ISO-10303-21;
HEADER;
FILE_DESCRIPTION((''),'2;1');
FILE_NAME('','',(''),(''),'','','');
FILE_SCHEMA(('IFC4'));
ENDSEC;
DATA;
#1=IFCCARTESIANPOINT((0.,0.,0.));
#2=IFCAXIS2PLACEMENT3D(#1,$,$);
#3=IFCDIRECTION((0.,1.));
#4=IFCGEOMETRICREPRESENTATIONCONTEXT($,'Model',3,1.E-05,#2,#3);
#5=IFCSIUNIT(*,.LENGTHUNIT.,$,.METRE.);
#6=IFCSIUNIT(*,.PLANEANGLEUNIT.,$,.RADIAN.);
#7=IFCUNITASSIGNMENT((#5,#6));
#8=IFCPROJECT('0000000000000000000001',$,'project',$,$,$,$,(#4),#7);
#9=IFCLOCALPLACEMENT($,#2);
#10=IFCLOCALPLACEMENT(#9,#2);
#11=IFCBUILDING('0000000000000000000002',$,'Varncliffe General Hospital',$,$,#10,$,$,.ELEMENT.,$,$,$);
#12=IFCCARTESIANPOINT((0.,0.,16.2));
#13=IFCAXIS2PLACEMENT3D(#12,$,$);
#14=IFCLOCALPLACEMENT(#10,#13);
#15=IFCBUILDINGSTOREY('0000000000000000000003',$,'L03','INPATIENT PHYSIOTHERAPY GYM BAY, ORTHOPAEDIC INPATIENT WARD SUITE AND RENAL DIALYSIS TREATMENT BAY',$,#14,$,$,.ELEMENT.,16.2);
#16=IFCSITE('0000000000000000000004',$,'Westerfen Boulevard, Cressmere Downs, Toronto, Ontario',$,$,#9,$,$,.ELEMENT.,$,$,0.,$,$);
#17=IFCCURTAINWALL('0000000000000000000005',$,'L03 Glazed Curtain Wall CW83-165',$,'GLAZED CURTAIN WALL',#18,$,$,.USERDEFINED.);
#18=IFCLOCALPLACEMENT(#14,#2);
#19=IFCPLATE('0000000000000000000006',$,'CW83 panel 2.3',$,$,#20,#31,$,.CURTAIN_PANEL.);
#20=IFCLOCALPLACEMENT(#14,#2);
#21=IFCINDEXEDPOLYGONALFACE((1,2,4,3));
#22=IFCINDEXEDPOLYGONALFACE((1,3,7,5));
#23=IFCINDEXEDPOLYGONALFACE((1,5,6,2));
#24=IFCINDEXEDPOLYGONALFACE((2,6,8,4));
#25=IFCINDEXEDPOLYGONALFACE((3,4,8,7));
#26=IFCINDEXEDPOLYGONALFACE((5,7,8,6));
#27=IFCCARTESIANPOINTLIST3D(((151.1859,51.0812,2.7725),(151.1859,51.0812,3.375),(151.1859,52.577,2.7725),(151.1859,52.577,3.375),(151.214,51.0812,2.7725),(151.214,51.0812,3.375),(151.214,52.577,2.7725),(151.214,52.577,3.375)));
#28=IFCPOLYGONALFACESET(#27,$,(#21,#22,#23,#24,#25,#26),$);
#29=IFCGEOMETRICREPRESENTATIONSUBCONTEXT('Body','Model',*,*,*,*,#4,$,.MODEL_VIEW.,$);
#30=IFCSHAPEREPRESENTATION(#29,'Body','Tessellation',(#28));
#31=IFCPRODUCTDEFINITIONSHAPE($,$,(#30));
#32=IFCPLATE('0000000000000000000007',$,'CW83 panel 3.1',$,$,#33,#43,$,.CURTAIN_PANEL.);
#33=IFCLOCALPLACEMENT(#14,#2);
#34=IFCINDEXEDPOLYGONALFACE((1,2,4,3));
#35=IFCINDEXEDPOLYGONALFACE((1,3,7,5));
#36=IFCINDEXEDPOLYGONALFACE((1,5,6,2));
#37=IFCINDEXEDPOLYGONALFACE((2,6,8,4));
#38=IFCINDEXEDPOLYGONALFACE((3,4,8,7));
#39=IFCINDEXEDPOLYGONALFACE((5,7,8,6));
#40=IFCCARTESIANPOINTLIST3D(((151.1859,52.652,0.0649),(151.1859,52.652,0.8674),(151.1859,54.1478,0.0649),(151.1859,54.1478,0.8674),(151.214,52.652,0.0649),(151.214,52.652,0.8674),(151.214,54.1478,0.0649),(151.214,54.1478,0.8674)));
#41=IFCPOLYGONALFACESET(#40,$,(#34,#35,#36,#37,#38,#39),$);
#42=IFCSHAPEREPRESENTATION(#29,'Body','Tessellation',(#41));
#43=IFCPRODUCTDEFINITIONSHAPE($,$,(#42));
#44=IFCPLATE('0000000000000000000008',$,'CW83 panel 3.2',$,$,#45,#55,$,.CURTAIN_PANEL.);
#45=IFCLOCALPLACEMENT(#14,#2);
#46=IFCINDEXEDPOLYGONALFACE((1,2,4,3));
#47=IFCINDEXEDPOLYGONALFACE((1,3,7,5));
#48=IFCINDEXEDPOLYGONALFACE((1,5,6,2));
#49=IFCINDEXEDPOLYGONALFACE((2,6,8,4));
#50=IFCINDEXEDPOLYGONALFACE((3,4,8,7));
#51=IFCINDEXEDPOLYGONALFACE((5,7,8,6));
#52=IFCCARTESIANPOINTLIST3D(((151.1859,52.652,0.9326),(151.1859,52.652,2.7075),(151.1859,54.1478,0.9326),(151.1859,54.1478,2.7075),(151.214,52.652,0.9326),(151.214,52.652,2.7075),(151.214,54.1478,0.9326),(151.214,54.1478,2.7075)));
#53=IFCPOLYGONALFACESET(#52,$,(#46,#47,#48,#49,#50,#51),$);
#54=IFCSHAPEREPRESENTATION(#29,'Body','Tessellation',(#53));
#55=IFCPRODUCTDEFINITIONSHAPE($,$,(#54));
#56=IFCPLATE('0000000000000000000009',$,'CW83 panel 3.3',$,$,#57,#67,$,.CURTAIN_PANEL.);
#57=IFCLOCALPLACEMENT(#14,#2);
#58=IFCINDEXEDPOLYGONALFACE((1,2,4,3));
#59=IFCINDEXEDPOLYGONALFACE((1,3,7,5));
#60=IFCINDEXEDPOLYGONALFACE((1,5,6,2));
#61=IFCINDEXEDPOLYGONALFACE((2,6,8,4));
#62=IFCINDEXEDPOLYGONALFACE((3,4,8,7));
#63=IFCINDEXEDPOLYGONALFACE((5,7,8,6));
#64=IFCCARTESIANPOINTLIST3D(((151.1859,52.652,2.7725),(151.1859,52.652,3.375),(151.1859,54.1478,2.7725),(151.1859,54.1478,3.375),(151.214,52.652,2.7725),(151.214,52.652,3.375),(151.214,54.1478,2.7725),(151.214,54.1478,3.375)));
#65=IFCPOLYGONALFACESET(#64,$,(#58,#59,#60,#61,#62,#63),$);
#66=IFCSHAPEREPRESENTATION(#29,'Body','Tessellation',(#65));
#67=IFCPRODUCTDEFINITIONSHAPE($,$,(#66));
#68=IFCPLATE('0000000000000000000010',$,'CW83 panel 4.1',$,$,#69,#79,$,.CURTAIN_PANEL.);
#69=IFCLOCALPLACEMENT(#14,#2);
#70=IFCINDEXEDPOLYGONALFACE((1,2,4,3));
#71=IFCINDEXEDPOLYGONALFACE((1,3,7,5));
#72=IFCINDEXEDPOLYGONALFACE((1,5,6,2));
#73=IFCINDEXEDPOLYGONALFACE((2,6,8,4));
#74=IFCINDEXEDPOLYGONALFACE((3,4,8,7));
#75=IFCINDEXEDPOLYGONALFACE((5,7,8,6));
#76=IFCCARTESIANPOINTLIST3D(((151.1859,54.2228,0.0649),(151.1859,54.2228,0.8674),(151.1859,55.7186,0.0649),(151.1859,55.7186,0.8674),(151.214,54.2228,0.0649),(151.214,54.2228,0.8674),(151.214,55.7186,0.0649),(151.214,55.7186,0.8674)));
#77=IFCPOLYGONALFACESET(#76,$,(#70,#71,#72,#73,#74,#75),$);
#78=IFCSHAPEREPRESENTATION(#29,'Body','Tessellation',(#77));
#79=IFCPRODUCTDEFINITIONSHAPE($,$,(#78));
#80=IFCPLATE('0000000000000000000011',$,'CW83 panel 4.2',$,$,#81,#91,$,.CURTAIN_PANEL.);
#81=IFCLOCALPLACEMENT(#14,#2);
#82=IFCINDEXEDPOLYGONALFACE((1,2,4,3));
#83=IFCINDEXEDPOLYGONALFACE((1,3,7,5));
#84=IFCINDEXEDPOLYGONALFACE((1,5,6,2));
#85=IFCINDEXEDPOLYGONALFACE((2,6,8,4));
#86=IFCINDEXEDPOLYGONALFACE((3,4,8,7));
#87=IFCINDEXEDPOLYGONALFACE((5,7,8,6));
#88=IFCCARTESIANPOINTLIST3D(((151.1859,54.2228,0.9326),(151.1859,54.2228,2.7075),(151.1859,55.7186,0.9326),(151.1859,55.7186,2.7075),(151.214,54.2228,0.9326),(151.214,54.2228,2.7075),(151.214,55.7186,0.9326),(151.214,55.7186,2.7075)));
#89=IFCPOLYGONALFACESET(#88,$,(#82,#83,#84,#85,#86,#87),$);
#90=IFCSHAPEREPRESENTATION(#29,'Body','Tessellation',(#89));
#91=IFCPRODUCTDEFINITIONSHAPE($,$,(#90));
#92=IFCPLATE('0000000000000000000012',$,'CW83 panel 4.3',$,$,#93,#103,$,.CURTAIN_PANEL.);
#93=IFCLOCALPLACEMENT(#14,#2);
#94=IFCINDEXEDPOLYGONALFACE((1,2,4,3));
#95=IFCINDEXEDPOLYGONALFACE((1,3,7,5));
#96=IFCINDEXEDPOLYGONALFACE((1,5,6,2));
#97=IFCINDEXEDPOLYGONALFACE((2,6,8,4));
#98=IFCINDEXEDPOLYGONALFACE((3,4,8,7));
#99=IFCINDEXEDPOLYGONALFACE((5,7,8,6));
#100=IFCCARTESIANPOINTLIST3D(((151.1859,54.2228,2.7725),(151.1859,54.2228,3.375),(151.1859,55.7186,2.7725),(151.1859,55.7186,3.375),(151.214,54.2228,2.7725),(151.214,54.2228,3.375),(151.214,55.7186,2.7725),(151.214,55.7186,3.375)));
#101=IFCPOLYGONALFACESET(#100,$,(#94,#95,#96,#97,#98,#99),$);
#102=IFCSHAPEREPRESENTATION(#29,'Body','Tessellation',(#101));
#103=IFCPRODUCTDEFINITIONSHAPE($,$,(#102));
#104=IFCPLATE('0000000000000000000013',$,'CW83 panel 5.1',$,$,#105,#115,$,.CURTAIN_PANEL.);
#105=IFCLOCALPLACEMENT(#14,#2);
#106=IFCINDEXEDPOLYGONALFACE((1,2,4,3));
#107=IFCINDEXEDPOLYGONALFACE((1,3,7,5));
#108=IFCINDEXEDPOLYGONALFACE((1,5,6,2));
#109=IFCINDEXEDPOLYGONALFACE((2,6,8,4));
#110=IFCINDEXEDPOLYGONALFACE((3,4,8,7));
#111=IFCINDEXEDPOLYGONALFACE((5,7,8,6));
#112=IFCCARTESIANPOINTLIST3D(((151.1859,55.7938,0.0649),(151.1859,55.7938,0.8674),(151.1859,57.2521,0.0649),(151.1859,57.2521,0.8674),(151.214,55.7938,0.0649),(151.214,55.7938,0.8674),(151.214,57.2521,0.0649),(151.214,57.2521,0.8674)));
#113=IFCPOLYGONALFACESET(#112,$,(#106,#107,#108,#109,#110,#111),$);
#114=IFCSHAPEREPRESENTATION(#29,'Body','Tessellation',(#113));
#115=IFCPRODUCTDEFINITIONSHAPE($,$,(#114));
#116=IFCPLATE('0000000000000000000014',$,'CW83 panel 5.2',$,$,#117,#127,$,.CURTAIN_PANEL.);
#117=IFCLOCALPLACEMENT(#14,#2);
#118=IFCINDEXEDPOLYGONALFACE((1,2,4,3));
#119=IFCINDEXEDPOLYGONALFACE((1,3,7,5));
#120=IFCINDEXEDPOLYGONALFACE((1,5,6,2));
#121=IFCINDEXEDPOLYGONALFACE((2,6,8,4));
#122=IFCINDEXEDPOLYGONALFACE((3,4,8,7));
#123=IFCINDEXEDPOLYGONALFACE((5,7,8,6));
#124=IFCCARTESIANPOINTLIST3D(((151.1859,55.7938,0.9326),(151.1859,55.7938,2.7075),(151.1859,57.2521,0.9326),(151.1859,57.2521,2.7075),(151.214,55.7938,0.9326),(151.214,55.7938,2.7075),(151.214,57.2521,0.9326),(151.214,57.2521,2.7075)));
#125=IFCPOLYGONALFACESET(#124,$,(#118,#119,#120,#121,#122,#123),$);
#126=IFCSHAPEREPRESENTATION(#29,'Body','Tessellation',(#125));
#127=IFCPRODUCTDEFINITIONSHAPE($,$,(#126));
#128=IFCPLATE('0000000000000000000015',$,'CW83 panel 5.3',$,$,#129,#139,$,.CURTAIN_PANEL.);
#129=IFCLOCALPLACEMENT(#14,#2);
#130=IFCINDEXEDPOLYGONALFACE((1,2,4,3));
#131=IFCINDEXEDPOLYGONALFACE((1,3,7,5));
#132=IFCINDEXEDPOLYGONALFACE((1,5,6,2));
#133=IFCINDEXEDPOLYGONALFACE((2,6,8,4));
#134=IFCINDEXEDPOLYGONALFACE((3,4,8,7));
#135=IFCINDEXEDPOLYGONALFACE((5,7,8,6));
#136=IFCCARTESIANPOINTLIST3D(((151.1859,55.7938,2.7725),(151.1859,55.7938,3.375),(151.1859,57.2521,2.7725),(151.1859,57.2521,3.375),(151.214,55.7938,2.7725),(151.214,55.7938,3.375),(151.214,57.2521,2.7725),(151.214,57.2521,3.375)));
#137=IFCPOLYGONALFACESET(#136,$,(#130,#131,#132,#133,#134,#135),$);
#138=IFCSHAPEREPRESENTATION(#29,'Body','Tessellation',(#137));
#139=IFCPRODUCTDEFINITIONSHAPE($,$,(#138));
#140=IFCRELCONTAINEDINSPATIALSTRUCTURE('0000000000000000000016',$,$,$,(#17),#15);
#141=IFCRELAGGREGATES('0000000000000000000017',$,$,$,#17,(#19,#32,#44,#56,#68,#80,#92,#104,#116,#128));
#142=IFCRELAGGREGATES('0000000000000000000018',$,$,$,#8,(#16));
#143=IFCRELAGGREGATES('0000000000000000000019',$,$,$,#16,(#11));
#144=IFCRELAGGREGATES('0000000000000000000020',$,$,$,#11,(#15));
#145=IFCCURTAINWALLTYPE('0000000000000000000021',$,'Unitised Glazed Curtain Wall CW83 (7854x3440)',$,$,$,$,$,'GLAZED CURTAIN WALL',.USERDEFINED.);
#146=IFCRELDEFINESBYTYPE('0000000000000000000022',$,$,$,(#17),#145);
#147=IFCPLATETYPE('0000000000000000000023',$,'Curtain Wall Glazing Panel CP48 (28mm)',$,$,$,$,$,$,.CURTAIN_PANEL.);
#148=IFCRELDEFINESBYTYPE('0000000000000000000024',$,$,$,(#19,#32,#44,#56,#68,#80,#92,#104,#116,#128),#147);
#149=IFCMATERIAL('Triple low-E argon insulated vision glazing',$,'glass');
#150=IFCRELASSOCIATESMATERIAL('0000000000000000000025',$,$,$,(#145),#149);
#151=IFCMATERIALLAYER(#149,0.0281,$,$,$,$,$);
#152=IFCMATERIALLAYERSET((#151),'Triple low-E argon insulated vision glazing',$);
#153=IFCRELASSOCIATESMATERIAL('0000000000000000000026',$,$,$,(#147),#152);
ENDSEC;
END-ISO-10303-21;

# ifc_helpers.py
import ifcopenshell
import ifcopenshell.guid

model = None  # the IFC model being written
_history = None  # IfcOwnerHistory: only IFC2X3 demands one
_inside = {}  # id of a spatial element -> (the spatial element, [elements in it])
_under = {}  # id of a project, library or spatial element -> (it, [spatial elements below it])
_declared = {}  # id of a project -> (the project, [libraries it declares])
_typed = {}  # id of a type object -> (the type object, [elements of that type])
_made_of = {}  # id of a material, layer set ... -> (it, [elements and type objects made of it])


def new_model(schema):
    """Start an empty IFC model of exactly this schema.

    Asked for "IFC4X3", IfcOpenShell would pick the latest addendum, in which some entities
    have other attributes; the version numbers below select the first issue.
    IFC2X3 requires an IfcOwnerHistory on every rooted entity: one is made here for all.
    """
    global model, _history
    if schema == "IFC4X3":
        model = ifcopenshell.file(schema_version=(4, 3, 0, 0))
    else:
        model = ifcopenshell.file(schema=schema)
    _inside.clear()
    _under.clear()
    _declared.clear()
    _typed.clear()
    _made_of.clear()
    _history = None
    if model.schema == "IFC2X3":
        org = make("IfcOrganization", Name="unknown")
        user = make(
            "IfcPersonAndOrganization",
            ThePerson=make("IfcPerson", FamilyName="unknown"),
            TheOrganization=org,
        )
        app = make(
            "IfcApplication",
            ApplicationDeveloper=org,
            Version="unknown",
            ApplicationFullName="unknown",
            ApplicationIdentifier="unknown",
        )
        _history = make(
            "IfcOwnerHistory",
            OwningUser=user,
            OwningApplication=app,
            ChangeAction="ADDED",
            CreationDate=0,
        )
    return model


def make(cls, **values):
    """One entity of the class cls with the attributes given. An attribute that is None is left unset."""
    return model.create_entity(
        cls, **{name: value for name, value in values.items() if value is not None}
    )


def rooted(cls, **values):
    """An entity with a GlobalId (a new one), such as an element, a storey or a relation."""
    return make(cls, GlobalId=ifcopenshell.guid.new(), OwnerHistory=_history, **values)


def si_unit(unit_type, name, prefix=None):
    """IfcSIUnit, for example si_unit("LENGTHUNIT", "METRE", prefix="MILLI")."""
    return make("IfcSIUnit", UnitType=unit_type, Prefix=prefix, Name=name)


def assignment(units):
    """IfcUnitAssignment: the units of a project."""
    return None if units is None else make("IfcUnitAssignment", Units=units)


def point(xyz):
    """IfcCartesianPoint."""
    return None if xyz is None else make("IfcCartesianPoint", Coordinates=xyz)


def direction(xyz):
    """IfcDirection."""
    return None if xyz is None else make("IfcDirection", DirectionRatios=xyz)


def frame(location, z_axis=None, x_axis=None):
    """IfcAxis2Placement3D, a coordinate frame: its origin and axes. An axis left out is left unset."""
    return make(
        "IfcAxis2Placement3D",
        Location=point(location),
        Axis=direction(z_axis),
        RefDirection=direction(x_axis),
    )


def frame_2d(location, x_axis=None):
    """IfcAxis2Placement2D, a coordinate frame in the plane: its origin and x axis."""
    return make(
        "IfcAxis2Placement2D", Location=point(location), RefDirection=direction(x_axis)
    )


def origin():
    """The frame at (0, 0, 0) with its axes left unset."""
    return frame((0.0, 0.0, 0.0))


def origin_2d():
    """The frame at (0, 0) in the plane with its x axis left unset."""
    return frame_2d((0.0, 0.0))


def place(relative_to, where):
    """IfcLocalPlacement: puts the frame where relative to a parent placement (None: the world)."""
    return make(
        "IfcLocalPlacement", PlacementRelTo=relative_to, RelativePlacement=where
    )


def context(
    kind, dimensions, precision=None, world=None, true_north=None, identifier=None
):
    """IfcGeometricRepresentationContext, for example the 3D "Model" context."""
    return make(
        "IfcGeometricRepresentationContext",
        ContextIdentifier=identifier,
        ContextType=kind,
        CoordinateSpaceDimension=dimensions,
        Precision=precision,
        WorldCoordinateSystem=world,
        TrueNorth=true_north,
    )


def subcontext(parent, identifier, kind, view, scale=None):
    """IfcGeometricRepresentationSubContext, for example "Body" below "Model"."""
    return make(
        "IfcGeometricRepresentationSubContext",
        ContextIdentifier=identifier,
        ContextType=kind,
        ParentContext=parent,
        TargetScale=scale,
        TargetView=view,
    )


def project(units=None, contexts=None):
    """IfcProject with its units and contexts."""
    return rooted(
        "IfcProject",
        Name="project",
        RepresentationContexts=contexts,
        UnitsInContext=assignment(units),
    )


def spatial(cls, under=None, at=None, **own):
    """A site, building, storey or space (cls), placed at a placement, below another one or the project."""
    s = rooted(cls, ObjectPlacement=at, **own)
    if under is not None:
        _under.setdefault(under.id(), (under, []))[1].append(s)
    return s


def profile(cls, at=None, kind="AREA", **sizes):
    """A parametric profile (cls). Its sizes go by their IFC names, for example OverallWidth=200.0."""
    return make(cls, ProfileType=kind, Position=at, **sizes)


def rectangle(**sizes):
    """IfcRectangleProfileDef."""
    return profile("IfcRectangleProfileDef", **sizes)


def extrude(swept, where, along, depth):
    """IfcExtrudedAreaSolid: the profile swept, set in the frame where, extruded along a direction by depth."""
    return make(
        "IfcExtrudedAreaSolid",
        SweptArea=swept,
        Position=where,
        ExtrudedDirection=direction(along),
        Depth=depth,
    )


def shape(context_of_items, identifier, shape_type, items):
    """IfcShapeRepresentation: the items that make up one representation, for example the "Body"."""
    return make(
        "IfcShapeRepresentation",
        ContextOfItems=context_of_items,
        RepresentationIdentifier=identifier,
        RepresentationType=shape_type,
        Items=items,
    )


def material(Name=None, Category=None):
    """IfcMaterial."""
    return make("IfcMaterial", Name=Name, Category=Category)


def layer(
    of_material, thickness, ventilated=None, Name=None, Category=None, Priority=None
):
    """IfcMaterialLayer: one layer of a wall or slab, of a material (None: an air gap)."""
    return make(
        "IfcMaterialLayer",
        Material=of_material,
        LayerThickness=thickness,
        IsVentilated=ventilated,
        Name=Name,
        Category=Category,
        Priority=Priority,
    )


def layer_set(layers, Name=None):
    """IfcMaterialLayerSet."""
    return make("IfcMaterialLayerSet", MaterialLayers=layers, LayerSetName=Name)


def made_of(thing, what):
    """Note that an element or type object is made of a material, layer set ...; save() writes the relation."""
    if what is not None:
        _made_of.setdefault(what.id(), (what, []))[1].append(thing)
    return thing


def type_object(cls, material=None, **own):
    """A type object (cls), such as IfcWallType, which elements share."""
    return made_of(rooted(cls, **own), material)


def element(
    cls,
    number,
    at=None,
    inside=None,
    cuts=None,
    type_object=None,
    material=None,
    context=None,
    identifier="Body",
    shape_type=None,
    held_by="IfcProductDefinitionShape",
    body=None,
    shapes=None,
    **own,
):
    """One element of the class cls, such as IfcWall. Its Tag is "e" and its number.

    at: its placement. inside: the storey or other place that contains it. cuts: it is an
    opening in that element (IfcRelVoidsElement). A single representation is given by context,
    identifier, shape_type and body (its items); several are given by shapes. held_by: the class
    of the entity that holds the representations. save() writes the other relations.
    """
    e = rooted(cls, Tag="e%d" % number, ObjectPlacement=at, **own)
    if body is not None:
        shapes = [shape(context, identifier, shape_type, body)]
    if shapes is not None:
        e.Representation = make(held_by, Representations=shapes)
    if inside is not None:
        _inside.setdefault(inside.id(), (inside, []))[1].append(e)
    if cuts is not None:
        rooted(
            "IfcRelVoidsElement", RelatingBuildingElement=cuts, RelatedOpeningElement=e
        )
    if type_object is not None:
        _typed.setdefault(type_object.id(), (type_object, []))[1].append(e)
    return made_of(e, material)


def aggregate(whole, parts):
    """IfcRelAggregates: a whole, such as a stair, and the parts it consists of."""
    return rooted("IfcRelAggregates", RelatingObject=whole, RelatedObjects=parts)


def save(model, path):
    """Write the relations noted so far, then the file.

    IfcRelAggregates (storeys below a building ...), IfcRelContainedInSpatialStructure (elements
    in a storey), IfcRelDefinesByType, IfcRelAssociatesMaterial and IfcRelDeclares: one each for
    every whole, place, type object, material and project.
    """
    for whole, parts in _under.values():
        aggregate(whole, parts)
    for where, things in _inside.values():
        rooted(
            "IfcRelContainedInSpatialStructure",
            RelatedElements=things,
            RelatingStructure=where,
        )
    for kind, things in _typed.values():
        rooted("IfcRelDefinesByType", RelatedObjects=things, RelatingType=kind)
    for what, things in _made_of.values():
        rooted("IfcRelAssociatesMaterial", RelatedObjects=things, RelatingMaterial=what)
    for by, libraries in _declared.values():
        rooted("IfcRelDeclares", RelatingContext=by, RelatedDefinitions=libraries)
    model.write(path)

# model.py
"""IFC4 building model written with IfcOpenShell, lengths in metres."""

from ifc_helpers import new_model, si_unit, direction, frame, origin, origin_2d, place, context, subcontext, project, spatial, rectangle, extrude, material, layer, layer_set, type_object, element, aggregate, save


model = new_model("IFC4")

# Units and contexts
model_context = context("Model", 3, precision=1e-05, world=origin(), true_north=direction((0.0, 1.0)))
body_context = subcontext(model_context, "Body", "Model", "MODEL_VIEW")
ifc_project = project(units=[si_unit("LENGTHUNIT", "METRE"), si_unit("PLANEANGLEUNIT", "RADIAN")], contexts=[model_context])

# Site, building, storey
site_placement = place(None, origin())
site = spatial("IfcSite", under=ifc_project, at=site_placement, Name="Westerfen Boulevard, Cressmere Downs, Toronto, Ontario", CompositionType="ELEMENT", RefElevation=0.0)
building_placement = place(site_placement, origin())
building = spatial("IfcBuilding", under=site, at=building_placement, Name="Varncliffe General Hospital", CompositionType="ELEMENT")
storey_placement = place(building_placement, frame((0.0, 0.0, 16.2)))
storey = spatial("IfcBuildingStorey", under=building, at=storey_placement, Name="L03", Description="INPATIENT PHYSIOTHERAPY GYM BAY, ORTHOPAEDIC INPATIENT WARD SUITE AND RENAL DIALYSIS TREATMENT BAY", CompositionType="ELEMENT", Elevation=16.2)

# Shared definitions
ifc_material_1 = material(Name="Triple low-E argon insulated vision glazing", Category="glass")

# Curtain wall
curtain_wall_type_1 = type_object("IfcCurtainWallType", Name="Unitised Glazed Curtain Wall CW83 (7854x3440)", ElementType="GLAZED CURTAIN WALL", PredefinedType="USERDEFINED", material=ifc_material_1)
curtain_wall_1_placement = place(storey_placement, origin())
curtain_wall_1 = element("IfcCurtainWall", 1, at=curtain_wall_1_placement, inside=storey, type_object=curtain_wall_type_1, Name="L03 Glazed Curtain Wall CW83-165", ObjectType="GLAZED CURTAIN WALL", PredefinedType="USERDEFINED")

# Plates
ifc_layer = layer(ifc_material_1, 0.0281)
ifc_layer_set = layer_set([ifc_layer], Name="Triple low-E argon insulated vision glazing")
plate_type = type_object("IfcPlateType", Name="Curtain Wall Glazing Panel CP48 (28mm)", PredefinedType="CURTAIN_PANEL", material=ifc_layer_set)
plate_1_placement = place(storey_placement, frame((151.2, 51.8291, 2.7725), z_axis=(0.0, 0.0, 1.0), x_axis=(0.0, 1.0, 0.0)))
plate_1 = element("IfcPlate", 2, at=plate_1_placement, type_object=plate_type, Name="CW83 panel 2.3", PredefinedType="CURTAIN_PANEL", context=body_context, shape_type="SweptSolid", body=[
    extrude(rectangle(XDim=1.4958, YDim=0.0281, at=origin_2d()), origin(), (0.0, 0.0, 1.0), 0.6025),
])
plate_2_placement = place(storey_placement, frame((151.2, 53.3999, 0.0649), z_axis=(0.0, 0.0, 1.0), x_axis=(0.0, 1.0, 0.0)))
plate_2 = element("IfcPlate", 3, at=plate_2_placement, type_object=plate_type, Name="CW83 panel 3.1", PredefinedType="CURTAIN_PANEL", context=body_context, shape_type="SweptSolid", body=[
    extrude(rectangle(XDim=1.4958, YDim=0.0281, at=origin_2d()), origin(), (0.0, 0.0, 1.0), 0.8025),
])
plate_3_placement = place(storey_placement, frame((151.2, 53.3999, 0.9326), z_axis=(0.0, 0.0, 1.0), x_axis=(0.0, 1.0, 0.0)))
plate_3 = element("IfcPlate", 4, at=plate_3_placement, type_object=plate_type, Name="CW83 panel 3.2", PredefinedType="CURTAIN_PANEL", context=body_context, shape_type="SweptSolid", body=[
    extrude(rectangle(XDim=1.4958, YDim=0.0281, at=origin_2d()), origin(), (0.0, 0.0, 1.0), 1.7749),
])
plate_4_placement = place(storey_placement, frame((151.2, 53.3999, 2.7725), z_axis=(0.0, 0.0, 1.0), x_axis=(0.0, 1.0, 0.0)))
plate_4 = element("IfcPlate", 5, at=plate_4_placement, type_object=plate_type, Name="CW83 panel 3.3", PredefinedType="CURTAIN_PANEL", context=body_context, shape_type="SweptSolid", body=[
    extrude(rectangle(XDim=1.4958, YDim=0.0281, at=origin_2d()), origin(), (0.0, 0.0, 1.0), 0.6025),
])
plate_5_placement = place(storey_placement, frame((151.2, 54.9707, 0.0649), z_axis=(0.0, 0.0, 1.0), x_axis=(0.0, 1.0, 0.0)))
plate_5 = element("IfcPlate", 6, at=plate_5_placement, type_object=plate_type, Name="CW83 panel 4.1", PredefinedType="CURTAIN_PANEL", context=body_context, shape_type="SweptSolid", body=[
    extrude(rectangle(XDim=1.4958, YDim=0.0281, at=origin_2d()), origin(), (0.0, 0.0, 1.0), 0.8025),
])
plate_6_placement = place(storey_placement, frame((151.2, 54.9707, 0.9326), z_axis=(0.0, 0.0, 1.0), x_axis=(0.0, 1.0, 0.0)))
plate_6 = element("IfcPlate", 7, at=plate_6_placement, type_object=plate_type, Name="CW83 panel 4.2", PredefinedType="CURTAIN_PANEL", context=body_context, shape_type="SweptSolid", body=[
    extrude(rectangle(XDim=1.4958, YDim=0.0281, at=origin_2d()), origin(), (0.0, 0.0, 1.0), 1.7749),
])
plate_7_placement = place(storey_placement, frame((151.2, 54.9707, 2.7725), z_axis=(0.0, 0.0, 1.0), x_axis=(0.0, 1.0, 0.0)))
plate_7 = element("IfcPlate", 8, at=plate_7_placement, type_object=plate_type, Name="CW83 panel 4.3", PredefinedType="CURTAIN_PANEL", context=body_context, shape_type="SweptSolid", body=[
    extrude(rectangle(XDim=1.4958, YDim=0.0281, at=origin_2d()), origin(), (0.0, 0.0, 1.0), 0.6025),
])
plate_8_placement = place(storey_placement, frame((151.2, 56.5229, 0.0649), z_axis=(0.0, 0.0, 1.0), x_axis=(0.0, 1.0, 0.0)))
plate_8 = element("IfcPlate", 9, at=plate_8_placement, type_object=plate_type, Name="CW83 panel 5.1", PredefinedType="CURTAIN_PANEL", context=body_context, shape_type="SweptSolid", body=[
    extrude(rectangle(XDim=1.4583, YDim=0.0281, at=origin_2d()), origin(), (0.0, 0.0, 1.0), 0.8025),
])
plate_9_placement = place(storey_placement, frame((151.2, 56.5229, 0.9326), z_axis=(0.0, 0.0, 1.0), x_axis=(0.0, 1.0, 0.0)))
plate_9 = element("IfcPlate", 10, at=plate_9_placement, type_object=plate_type, Name="CW83 panel 5.2", PredefinedType="CURTAIN_PANEL", context=body_context, shape_type="SweptSolid", body=[
    extrude(rectangle(XDim=1.4583, YDim=0.0281, at=origin_2d()), origin(), (0.0, 0.0, 1.0), 1.7749),
])
plate_10_placement = place(storey_placement, frame((151.2, 56.5229, 2.7725), z_axis=(0.0, 0.0, 1.0), x_axis=(0.0, 1.0, 0.0)))
plate_10 = element("IfcPlate", 11, at=plate_10_placement, type_object=plate_type, Name="CW83 panel 5.3", PredefinedType="CURTAIN_PANEL", context=body_context, shape_type="SweptSolid", body=[
    extrude(rectangle(XDim=1.4583, YDim=0.0281, at=origin_2d()), origin(), (0.0, 0.0, 1.0), 0.6025),
])
aggregate(curtain_wall_1, [plate_1, plate_2, plate_3, plate_4, plate_5, plate_6, plate_7, plate_8, plate_9, plate_10])

save(model, "model.ifc")
